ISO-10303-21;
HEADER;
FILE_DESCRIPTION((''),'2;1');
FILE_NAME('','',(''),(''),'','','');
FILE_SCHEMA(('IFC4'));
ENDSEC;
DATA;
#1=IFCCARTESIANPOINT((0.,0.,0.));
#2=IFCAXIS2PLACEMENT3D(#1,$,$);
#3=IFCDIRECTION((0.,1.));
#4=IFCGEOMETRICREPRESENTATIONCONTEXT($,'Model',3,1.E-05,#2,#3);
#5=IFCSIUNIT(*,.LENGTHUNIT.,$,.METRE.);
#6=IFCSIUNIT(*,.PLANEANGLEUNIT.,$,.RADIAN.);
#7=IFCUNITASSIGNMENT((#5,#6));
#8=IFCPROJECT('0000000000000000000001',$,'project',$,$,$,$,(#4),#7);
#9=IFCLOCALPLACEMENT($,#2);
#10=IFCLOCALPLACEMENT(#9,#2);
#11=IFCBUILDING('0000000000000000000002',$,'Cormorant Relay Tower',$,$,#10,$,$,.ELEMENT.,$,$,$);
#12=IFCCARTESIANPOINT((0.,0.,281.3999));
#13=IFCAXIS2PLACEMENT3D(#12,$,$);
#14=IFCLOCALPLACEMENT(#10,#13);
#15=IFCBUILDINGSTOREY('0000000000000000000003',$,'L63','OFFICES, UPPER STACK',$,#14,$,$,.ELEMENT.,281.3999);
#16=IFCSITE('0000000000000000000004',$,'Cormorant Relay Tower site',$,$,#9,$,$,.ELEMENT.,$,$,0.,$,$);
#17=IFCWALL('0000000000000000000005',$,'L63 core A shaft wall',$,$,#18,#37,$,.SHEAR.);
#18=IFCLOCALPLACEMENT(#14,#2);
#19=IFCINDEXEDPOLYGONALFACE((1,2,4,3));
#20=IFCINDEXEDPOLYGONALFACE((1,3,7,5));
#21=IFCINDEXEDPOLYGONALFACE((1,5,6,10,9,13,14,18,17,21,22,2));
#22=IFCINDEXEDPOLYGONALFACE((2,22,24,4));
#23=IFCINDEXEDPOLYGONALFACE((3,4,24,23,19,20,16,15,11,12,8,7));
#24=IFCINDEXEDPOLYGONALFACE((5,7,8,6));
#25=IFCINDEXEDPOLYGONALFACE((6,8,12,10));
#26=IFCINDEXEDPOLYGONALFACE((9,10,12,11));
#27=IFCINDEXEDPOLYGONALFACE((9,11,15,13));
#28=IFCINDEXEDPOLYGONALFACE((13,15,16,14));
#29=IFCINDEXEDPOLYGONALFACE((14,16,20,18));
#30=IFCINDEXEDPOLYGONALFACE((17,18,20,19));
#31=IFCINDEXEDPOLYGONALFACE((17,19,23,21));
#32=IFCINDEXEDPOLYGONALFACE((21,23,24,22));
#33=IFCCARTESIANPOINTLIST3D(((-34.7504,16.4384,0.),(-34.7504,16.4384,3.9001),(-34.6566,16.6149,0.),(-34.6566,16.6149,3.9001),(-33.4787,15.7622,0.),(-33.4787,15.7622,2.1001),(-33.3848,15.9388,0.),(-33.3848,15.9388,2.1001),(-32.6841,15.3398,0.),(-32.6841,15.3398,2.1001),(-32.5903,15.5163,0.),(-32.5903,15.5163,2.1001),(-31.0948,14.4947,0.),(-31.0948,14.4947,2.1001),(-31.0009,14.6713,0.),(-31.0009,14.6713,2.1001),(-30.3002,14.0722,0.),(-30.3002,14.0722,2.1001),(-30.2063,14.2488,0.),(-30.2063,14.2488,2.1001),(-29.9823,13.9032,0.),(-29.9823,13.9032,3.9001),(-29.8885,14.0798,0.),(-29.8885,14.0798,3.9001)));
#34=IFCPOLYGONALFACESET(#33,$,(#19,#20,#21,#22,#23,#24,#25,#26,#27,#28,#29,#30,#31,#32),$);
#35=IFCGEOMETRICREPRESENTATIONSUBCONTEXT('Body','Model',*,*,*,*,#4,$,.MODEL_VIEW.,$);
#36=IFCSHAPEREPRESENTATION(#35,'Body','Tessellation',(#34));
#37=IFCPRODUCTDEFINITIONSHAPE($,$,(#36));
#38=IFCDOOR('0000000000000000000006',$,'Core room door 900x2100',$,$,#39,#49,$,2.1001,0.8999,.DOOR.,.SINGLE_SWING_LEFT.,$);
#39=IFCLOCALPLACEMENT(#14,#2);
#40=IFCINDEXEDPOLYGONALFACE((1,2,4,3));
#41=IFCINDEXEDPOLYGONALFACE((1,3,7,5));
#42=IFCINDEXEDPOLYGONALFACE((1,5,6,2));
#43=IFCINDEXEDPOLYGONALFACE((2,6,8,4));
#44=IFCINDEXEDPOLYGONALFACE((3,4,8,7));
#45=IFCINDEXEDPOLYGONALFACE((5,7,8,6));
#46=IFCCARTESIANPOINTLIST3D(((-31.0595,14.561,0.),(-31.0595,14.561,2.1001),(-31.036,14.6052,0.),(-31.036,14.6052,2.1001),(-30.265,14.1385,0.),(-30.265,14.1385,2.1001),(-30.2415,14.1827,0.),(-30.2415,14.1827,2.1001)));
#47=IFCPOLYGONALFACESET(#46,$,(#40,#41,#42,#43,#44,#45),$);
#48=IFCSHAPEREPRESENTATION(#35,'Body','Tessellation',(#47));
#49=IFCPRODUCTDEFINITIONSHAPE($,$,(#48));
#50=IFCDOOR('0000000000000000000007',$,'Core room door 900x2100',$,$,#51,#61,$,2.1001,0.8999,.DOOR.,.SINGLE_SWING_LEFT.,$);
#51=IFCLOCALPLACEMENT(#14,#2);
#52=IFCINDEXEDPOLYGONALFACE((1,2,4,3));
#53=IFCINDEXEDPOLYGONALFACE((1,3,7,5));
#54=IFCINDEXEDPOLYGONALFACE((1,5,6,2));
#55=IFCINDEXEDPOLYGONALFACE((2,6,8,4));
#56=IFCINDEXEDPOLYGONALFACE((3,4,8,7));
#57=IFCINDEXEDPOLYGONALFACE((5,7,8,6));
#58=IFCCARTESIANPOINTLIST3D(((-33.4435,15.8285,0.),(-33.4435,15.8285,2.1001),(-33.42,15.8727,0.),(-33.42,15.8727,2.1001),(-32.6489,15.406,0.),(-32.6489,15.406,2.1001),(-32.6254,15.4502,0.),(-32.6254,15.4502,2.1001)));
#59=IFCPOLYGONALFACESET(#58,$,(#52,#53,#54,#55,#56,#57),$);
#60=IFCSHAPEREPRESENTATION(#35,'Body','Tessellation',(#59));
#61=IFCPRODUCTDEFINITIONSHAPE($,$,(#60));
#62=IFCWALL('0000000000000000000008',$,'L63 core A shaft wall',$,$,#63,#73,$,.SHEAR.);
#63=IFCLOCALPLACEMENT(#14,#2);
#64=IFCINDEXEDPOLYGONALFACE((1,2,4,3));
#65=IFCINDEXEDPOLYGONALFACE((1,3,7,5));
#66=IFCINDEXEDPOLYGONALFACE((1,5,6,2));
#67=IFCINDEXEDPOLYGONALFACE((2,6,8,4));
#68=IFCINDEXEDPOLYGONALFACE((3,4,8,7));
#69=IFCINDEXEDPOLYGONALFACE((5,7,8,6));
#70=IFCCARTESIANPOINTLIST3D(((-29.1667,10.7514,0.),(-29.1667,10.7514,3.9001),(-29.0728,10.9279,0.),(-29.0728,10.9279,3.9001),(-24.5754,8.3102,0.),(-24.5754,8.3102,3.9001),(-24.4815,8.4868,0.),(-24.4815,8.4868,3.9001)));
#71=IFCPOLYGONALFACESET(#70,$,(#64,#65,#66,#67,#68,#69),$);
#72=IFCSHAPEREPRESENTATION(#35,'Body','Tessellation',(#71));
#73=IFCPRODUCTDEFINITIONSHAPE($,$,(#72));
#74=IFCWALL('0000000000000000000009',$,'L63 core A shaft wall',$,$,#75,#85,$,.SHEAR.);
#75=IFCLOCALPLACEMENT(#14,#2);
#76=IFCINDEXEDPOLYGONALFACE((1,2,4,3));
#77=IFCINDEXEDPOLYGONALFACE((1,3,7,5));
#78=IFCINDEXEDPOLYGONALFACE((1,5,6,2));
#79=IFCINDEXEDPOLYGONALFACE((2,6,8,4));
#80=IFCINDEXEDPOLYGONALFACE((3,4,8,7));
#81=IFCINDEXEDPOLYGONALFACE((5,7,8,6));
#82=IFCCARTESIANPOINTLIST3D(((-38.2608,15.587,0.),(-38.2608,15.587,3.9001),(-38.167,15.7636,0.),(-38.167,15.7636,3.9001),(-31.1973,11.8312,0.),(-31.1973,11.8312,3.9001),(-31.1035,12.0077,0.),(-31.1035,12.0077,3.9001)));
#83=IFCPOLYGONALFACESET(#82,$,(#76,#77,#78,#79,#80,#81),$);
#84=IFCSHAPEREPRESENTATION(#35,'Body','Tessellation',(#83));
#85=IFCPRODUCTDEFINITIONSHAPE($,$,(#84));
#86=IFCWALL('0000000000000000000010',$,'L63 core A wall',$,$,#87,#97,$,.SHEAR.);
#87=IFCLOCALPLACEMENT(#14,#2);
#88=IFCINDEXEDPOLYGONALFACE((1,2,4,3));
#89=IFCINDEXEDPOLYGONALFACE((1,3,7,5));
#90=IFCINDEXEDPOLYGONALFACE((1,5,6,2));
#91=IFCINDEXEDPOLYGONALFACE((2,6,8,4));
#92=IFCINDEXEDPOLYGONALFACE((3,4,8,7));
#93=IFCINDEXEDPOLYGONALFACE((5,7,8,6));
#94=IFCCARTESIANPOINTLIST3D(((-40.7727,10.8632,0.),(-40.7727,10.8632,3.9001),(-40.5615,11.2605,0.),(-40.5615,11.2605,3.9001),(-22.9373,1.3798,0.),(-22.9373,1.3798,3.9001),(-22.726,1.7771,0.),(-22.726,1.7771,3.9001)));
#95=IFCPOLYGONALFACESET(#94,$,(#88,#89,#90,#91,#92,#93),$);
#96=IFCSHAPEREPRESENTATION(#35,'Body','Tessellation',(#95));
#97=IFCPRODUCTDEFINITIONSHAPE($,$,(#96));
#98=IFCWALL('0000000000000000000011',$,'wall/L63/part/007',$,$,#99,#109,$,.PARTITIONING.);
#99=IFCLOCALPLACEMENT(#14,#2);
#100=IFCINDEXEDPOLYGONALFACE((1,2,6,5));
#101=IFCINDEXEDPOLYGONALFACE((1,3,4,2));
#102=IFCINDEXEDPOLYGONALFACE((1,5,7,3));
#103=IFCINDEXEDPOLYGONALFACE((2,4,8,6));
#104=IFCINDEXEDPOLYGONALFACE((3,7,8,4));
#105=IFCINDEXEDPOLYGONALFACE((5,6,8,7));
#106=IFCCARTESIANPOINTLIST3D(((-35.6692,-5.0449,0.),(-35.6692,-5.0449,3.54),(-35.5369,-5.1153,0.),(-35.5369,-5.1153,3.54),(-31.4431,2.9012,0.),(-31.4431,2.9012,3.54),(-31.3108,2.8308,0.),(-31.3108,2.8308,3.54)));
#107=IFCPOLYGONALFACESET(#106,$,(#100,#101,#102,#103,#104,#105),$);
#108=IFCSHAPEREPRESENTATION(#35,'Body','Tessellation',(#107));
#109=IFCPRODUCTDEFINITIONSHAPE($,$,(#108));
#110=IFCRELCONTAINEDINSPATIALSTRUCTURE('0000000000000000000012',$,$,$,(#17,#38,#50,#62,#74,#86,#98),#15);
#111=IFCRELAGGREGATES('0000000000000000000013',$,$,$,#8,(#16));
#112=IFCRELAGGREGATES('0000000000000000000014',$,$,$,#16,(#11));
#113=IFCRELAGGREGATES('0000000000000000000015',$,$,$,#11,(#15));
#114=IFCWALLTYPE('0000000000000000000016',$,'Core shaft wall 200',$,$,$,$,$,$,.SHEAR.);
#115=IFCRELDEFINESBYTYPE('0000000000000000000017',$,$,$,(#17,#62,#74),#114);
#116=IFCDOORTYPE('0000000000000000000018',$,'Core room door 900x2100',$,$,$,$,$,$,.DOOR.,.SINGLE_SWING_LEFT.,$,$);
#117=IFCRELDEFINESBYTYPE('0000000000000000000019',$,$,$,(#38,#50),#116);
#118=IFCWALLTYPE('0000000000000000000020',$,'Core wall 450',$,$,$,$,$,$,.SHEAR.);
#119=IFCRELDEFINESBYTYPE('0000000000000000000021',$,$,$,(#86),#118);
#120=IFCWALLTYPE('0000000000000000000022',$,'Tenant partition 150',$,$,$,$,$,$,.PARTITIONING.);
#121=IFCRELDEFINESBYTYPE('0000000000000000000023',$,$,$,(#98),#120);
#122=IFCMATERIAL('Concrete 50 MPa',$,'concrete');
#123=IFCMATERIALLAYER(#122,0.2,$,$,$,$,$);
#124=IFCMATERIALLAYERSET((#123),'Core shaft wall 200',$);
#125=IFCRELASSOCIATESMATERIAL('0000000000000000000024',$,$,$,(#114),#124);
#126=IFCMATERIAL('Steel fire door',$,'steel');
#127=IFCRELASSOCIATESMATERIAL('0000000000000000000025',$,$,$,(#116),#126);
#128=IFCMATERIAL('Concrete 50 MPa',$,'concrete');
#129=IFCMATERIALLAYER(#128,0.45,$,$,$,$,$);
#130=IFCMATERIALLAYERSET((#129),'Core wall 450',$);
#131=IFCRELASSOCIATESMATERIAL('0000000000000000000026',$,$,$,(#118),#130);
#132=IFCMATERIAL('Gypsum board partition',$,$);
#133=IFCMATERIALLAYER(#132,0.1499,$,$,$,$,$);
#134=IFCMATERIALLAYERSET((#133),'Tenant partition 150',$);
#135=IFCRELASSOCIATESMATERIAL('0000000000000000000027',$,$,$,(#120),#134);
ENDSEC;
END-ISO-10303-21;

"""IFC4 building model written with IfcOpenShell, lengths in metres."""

from ifc_helpers import new_model, si_unit, direction, frame, frame_2d, origin, place, context, subcontext, project, spatial, rectangle, extrude, material, layer, layer_set, type_object, element, fill, save


model = new_model("IFC4")

# Units and contexts
model_context = context("Model", 3, precision=1e-05, world=origin(), true_north=direction((0.0, 1.0)))
body_context = subcontext(model_context, "Body", "Model", "MODEL_VIEW")
ifc_project = project(units=[si_unit("LENGTHUNIT", "METRE"), si_unit("PLANEANGLEUNIT", "RADIAN")], contexts=[model_context])

# Site, building, storey
site_placement = place(None, origin())
site = spatial("IfcSite", under=ifc_project, at=site_placement, Name="Cormorant Relay Tower site", CompositionType="ELEMENT", RefElevation=0.0)
building_placement = place(site_placement, origin())
building = spatial("IfcBuilding", under=site, at=building_placement, Name="Cormorant Relay Tower", CompositionType="ELEMENT")
storey_placement = place(building_placement, frame((0.0, 0.0, 281.3999)))
storey = spatial("IfcBuildingStorey", under=building, at=storey_placement, Name="L63", Description="OFFICES, UPPER STACK", CompositionType="ELEMENT", Elevation=281.3999)

# Shared definitions
ifc_material_1 = material(Name="Concrete 50 MPa", Category="concrete")
ifc_layer_1 = layer(ifc_material_1, 0.2)
ifc_layer_set_1 = layer_set([ifc_layer_1], Name="Core shaft wall 200")
wall_type_1 = type_object("IfcWallType", Name="Core shaft wall 200", PredefinedType="SHEAR", material=ifc_layer_set_1)

# Shared definitions
ifc_material_2 = material(Name="Steel fire door", Category="steel")
door_type_1 = type_object("IfcDoorType", Name="Core room door 900x2100", OperationType="SINGLE_SWING_LEFT", PredefinedType="DOOR", material=ifc_material_2)

# Wall, openings, doors
wall_1_placement = place(storey_placement, frame((-29.9353, 13.9915, 0.0), z_axis=(0.0, 0.0, 1.0), x_axis=(-0.882953, 0.469462, 0.0)))
wall_1 = element("IfcWall", 1, at=wall_1_placement, inside=storey, type_object=wall_type_1, Name="L63 core A shaft wall", PredefinedType="SHEAR", context=body_context, shape_type="SweptSolid", body=[
    extrude(rectangle(XDim=5.4001, YDim=0.2, at=frame_2d((2.7002, 0.0))), origin(), (0.0, 0.0, 1.0), 3.9001),
])
opening_1_placement = place(wall_1_placement, frame((0.3601, 0.0, 0.0)))
opening_1 = element("IfcOpeningElement", 2, at=opening_1_placement, cuts=wall_1, PredefinedType="OPENING", context=body_context, shape_type="SweptSolid", body=[
    extrude(rectangle(XDim=0.8999, YDim=2.1001, at=frame_2d((0.45, 1.05))), frame((0.0, 0.1099, 0.0), z_axis=(0.0, -1.0, 0.0), x_axis=(1.0, 0.0, 0.0)), (0.0, 0.0, 1.0), 0.22),
])
opening_2_placement = place(wall_1_placement, frame((3.0601, 0.0, 0.0)))
opening_2 = element("IfcOpeningElement", 3, at=opening_2_placement, cuts=wall_1, PredefinedType="OPENING", context=body_context, shape_type="SweptSolid", body=[
    extrude(rectangle(XDim=0.8999, YDim=2.1001, at=frame_2d((0.45, 1.05))), frame((0.0, 0.1099, 0.0), z_axis=(0.0, -1.0, 0.0), x_axis=(1.0, 0.0, 0.0)), (0.0, 0.0, 1.0), 0.22),
])
door_1_placement = place(opening_1_placement, origin())
door_1 = element("IfcDoor", 4, at=door_1_placement, inside=storey, type_object=door_type_1, Name="Core room door 900x2100", OperationType="SINGLE_SWING_LEFT", OverallHeight=2.1001, OverallWidth=0.8999, PredefinedType="DOOR", context=body_context, shape_type="SweptSolid", body=[
    extrude(rectangle(XDim=0.8999, YDim=2.1001, at=frame_2d((0.45, 1.05))), frame((0.0, 0.0249, 0.0), z_axis=(0.0, -1.0, 0.0), x_axis=(1.0, 0.0, 0.0)), (0.0, 0.0, 1.0), 0.05),
])
fill(opening_1, door_1)
door_2_placement = place(opening_2_placement, origin())
door_2 = element("IfcDoor", 5, at=door_2_placement, inside=storey, type_object=door_type_1, Name="Core room door 900x2100", OperationType="SINGLE_SWING_LEFT", OverallHeight=2.1001, OverallWidth=0.8999, PredefinedType="DOOR", context=body_context, shape_type="SweptSolid", body=[
    extrude(rectangle(XDim=0.8999, YDim=2.1001, at=frame_2d((0.45, 1.05))), frame((0.0, 0.0249, 0.0), z_axis=(0.0, -1.0, 0.0), x_axis=(1.0, 0.0, 0.0)), (0.0, 0.0, 1.0), 0.05),
])
fill(opening_2, door_2)

# Walls
wall_2_placement = place(storey_placement, frame((-24.5283, 8.3984, 0.0), z_axis=(0.0, 0.0, 1.0), x_axis=(-0.882954, 0.46946, 0.0)))
element("IfcWall", 6, at=wall_2_placement, inside=storey, type_object=wall_type_1, Name="L63 core A shaft wall", PredefinedType="SHEAR", context=body_context, shape_type="SweptSolid", body=[
    extrude(rectangle(XDim=5.2, YDim=0.2, at=frame_2d((2.6001, 0.0))), origin(), (0.0, 0.0, 1.0), 3.9001),
])
wall_3_placement = place(storey_placement, frame((-31.1504, 11.9194, 0.0), z_axis=(0.0, 0.0, 1.0), x_axis=(-0.88294, 0.469485, 0.0)))
element("IfcWall", 7, at=wall_3_placement, inside=storey, type_object=wall_type_1, Name="L63 core A shaft wall", PredefinedType="SHEAR", context=body_context, shape_type="SweptSolid", body=[
    extrude(rectangle(XDim=8.0, YDim=0.2, at=frame_2d((4.0, 0.0))), origin(), (0.0, 0.0, 1.0), 3.9001),
])
ifc_material_3 = material(Name="Concrete 50 MPa", Category="concrete")
ifc_layer_2 = layer(ifc_material_3, 0.45)
ifc_layer_set_2 = layer_set([ifc_layer_2], Name="Core wall 450")
wall_type_2 = type_object("IfcWallType", Name="Core wall 450", PredefinedType="SHEAR", material=ifc_layer_set_2)
wall_4_placement = place(storey_placement, frame((-22.8315, 1.5784, 0.0), z_axis=(0.0, 0.0, 1.0), x_axis=(-0.882945, 0.469476, 0.0)))
element("IfcWall", 8, at=wall_4_placement, inside=storey, type_object=wall_type_2, Name="L63 core A wall", PredefinedType="SHEAR", context=body_context, shape_type="SweptSolid", body=[
    extrude(rectangle(XDim=20.2, YDim=0.45, at=frame_2d((10.1001, 0.0))), origin(), (0.0, 0.0, 1.0), 3.9001),
])
ifc_material_4 = material(Name="Gypsum board partition")
ifc_layer_3 = layer(ifc_material_4, 0.1499)
ifc_layer_set_3 = layer_set([ifc_layer_3], Name="Tenant partition 150")
wall_type_3 = type_object("IfcWallType", Name="Tenant partition 150", PredefinedType="PARTITIONING", material=ifc_layer_set_3)
wall_5_placement = place(storey_placement, frame((-31.377, 2.866, 0.0), z_axis=(0.0, 0.0, 1.0), x_axis=(-0.469566, -0.882898, 0.0)))
element("IfcWall", 9, at=wall_5_placement, inside=storey, type_object=wall_type_3, Name="wall/L63/part/007", PredefinedType="PARTITIONING", context=body_context, shape_type="SweptSolid", body=[
    extrude(rectangle(XDim=9.0, YDim=0.1499, at=frame_2d((4.5, 0.0))), origin(), (0.0, 0.0, 1.0), 3.54),
])

save(model, "model.ifc")
